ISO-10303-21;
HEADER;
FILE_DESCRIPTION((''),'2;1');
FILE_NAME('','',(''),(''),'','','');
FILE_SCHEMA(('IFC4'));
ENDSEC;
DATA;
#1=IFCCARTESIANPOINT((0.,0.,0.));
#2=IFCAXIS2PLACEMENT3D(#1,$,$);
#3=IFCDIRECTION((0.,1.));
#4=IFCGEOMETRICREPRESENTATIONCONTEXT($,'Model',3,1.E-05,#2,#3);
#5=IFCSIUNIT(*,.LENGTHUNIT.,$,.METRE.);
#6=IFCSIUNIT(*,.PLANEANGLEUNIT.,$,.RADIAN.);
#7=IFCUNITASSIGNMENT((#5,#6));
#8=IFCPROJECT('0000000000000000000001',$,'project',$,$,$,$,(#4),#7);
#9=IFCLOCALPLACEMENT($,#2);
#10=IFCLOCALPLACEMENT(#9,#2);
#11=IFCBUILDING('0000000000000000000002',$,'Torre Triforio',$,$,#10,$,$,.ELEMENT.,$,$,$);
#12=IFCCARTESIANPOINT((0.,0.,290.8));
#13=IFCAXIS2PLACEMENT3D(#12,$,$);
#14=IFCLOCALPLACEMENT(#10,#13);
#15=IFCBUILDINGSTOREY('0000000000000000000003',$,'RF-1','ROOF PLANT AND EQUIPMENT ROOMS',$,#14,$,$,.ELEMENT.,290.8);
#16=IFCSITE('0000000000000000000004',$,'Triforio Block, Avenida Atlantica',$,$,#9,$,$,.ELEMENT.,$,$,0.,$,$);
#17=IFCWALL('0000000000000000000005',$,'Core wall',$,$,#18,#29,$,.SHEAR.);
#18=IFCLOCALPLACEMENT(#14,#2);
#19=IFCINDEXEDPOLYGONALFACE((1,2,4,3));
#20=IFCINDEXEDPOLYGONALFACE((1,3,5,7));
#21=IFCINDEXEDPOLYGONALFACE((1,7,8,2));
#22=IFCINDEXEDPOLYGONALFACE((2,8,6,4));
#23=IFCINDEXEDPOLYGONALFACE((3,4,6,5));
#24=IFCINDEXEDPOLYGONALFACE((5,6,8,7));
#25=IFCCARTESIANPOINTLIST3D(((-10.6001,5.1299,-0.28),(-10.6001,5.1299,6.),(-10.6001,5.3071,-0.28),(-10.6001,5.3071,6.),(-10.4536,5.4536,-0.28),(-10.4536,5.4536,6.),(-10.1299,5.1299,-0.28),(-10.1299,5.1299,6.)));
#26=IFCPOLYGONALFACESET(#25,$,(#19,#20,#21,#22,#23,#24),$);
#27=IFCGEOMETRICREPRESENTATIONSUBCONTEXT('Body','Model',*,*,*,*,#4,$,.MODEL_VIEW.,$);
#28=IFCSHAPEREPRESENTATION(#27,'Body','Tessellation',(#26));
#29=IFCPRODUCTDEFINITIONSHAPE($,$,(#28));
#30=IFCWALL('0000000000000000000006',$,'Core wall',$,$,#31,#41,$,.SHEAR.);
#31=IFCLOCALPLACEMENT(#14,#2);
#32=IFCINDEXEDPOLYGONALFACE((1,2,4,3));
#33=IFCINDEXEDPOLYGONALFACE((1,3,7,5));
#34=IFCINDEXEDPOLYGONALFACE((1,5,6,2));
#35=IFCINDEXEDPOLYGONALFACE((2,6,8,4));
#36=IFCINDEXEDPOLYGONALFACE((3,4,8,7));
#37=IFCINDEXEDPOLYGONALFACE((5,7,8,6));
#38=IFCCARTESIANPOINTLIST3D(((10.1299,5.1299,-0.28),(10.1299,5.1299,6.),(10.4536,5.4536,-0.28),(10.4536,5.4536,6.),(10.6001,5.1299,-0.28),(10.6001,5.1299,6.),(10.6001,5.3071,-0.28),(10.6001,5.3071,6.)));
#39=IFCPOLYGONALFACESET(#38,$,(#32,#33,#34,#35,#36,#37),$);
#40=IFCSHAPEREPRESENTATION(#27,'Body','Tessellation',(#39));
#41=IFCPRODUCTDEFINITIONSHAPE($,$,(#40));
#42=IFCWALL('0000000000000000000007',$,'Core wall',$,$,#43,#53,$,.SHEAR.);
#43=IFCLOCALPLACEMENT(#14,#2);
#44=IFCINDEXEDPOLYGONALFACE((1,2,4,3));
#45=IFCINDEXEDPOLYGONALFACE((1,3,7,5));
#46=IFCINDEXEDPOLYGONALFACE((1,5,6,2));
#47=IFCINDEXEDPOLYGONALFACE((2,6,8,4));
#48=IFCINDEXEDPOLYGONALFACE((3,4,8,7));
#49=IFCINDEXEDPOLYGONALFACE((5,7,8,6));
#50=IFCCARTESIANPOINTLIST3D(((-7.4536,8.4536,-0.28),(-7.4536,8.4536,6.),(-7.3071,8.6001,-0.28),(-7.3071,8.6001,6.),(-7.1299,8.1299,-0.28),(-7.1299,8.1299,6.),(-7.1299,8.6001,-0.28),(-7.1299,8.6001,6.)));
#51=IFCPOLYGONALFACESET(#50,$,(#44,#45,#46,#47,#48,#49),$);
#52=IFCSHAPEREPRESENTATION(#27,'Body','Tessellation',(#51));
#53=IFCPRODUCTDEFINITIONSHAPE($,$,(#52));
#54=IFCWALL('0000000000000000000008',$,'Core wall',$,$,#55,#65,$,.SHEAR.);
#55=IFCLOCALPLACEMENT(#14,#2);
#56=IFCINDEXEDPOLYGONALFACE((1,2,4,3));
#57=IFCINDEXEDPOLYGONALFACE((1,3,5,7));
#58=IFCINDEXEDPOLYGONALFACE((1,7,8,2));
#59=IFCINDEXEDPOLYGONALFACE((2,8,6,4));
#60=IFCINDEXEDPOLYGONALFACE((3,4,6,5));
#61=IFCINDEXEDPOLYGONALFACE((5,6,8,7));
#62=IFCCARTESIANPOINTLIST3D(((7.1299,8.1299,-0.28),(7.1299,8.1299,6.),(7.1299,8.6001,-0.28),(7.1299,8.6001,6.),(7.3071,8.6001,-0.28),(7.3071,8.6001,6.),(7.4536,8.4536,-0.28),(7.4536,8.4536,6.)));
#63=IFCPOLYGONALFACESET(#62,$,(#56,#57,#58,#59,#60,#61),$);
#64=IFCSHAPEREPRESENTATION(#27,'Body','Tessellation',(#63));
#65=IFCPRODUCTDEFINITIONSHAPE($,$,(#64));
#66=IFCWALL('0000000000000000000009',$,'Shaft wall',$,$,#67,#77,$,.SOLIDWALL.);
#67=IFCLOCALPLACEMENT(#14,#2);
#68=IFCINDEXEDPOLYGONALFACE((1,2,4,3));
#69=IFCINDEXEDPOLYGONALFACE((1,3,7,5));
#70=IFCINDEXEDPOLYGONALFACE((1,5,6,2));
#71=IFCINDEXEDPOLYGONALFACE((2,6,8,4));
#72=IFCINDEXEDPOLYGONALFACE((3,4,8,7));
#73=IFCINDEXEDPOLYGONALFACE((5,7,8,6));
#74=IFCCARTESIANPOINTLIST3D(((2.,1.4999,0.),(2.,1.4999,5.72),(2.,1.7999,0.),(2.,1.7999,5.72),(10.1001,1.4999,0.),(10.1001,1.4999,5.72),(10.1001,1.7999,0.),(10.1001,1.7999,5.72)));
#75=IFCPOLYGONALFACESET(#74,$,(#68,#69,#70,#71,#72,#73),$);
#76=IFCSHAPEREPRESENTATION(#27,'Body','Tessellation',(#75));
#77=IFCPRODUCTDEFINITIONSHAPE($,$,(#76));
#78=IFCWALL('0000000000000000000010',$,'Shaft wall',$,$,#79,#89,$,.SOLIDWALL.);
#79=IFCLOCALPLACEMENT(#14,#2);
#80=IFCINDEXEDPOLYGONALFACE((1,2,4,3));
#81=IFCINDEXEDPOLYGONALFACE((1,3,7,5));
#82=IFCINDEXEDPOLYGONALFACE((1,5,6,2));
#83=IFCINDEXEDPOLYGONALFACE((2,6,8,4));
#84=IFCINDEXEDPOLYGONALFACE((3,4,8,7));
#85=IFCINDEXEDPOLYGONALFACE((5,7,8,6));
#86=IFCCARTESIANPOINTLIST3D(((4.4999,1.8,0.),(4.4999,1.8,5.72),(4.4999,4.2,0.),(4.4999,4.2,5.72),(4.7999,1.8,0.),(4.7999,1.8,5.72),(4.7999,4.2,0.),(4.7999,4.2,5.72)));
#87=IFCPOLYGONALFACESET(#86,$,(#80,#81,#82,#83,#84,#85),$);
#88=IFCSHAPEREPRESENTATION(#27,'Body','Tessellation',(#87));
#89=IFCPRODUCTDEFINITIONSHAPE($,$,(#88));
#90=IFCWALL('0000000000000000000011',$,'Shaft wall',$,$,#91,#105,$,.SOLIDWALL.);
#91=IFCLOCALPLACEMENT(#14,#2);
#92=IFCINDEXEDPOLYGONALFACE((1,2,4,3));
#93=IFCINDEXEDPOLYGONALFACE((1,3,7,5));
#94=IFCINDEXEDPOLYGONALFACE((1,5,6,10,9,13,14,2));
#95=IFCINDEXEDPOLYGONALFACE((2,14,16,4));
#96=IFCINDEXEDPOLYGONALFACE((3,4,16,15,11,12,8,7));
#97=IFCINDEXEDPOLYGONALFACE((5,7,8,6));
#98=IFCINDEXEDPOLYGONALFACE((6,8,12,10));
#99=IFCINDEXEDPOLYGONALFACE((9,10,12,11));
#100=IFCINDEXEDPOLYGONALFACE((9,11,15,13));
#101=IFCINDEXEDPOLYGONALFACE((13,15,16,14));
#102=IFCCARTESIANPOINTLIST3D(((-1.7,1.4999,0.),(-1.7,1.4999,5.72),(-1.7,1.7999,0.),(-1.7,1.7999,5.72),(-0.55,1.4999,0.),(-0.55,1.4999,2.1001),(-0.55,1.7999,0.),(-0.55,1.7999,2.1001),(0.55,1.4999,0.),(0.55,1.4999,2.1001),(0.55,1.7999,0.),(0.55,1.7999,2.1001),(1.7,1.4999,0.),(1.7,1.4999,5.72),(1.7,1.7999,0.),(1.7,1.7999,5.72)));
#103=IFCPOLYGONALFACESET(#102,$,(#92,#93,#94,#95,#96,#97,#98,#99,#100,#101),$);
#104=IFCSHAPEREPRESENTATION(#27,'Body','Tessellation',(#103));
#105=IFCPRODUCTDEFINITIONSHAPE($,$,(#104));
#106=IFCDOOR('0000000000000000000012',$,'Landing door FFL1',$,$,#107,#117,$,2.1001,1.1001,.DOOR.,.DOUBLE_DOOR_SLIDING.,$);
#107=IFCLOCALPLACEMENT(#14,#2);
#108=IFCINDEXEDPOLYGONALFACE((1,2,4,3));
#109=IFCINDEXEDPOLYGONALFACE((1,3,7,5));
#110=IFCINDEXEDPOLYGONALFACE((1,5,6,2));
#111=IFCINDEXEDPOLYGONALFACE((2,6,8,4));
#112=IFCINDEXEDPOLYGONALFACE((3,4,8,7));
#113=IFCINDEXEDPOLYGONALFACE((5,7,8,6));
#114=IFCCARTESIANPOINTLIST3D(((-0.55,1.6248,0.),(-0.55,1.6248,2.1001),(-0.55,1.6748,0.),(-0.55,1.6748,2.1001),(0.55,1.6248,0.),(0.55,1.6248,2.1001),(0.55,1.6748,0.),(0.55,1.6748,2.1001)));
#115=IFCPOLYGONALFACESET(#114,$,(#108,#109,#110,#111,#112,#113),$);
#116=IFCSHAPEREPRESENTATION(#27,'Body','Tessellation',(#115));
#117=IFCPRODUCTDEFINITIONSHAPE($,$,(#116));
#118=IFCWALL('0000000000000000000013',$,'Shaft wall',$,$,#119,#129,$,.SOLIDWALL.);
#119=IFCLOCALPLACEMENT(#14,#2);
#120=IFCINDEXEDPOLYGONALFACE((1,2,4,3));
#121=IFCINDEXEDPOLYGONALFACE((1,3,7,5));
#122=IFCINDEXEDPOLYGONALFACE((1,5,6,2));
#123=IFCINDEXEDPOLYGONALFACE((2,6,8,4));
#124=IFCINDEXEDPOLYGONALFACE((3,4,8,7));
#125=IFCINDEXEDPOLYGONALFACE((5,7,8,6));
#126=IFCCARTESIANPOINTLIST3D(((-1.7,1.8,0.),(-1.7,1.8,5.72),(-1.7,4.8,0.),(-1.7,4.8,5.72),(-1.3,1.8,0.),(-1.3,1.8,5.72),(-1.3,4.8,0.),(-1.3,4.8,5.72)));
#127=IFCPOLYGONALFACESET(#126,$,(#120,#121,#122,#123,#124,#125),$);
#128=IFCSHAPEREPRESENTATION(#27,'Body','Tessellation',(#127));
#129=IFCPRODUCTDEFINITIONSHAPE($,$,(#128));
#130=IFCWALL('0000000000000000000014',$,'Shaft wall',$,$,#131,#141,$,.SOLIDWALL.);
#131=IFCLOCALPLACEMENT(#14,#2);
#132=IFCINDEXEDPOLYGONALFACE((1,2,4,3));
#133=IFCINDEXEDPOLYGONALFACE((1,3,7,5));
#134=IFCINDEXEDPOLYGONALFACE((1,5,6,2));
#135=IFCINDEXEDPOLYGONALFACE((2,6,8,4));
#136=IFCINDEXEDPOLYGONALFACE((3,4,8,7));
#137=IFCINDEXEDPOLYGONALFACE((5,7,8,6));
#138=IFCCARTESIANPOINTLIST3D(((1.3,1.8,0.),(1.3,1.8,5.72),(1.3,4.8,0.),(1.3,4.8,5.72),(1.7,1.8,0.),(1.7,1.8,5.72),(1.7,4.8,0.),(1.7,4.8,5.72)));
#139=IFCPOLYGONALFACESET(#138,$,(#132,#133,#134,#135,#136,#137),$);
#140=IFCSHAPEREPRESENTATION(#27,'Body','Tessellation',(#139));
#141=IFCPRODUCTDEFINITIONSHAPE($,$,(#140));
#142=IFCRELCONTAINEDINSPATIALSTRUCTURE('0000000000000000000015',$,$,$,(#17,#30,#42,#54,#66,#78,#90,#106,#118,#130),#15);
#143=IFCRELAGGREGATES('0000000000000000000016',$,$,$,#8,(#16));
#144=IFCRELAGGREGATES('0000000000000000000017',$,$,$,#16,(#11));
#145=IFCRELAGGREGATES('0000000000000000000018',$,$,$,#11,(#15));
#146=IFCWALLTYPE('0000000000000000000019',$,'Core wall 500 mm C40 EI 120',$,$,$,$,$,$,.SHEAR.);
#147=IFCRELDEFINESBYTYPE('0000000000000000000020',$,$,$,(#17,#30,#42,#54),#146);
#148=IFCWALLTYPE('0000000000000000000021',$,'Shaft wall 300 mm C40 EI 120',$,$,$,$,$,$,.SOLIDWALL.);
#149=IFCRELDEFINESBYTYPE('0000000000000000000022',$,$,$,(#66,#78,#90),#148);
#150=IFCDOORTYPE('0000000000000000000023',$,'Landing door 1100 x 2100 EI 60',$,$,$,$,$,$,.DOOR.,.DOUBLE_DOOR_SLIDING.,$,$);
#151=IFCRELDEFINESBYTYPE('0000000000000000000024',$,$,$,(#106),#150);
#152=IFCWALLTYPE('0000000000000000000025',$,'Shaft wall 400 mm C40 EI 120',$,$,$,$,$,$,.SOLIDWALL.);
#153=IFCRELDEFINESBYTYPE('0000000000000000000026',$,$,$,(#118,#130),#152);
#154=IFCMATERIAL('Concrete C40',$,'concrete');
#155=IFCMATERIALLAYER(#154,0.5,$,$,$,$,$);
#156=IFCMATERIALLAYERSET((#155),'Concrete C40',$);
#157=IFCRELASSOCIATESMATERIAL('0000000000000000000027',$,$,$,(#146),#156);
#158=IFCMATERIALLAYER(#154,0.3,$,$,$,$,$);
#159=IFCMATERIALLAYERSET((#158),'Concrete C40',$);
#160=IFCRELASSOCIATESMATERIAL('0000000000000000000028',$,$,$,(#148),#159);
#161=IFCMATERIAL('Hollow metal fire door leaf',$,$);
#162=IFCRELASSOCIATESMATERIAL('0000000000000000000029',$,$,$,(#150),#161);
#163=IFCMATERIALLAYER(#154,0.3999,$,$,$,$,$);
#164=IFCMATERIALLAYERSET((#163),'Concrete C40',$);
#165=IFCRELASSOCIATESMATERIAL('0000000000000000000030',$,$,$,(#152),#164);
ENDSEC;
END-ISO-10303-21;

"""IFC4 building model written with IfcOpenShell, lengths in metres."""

from ifc_helpers import new_model, si_unit, direction, frame, frame_2d, origin, place, context, subcontext, project, spatial, polyline, rectangle, outline, extrude, material, layer, layer_set, type_object, element, fill, save


model = new_model("IFC4")

# Units and contexts
model_context = context("Model", 3, precision=1e-05, world=origin(), true_north=direction((0.0, 1.0)))
body_context = subcontext(model_context, "Body", "Model", "MODEL_VIEW")
ifc_project = project(units=[si_unit("LENGTHUNIT", "METRE"), si_unit("PLANEANGLEUNIT", "RADIAN")], contexts=[model_context])

# Site, building, storey
site_placement = place(None, origin())
site = spatial("IfcSite", under=ifc_project, at=site_placement, Name="Triforio Block, Avenida Atlantica", CompositionType="ELEMENT", RefElevation=0.0)
building_placement = place(site_placement, origin())
building = spatial("IfcBuilding", under=site, at=building_placement, Name="Torre Triforio", CompositionType="ELEMENT")
storey_placement = place(building_placement, frame((0.0, 0.0, 290.8)))
storey = spatial("IfcBuildingStorey", under=building, at=storey_placement, Name="RF-1", Description="ROOF PLANT AND EQUIPMENT ROOMS", CompositionType="ELEMENT", Elevation=290.8)

# Shared definitions
ifc_material_1 = material(Name="Concrete C40", Category="concrete")

# Walls
ifc_layer_1 = layer(ifc_material_1, 0.5)
ifc_layer_set_1 = layer_set([ifc_layer_1], Name="Concrete C40")
wall_type_1 = type_object("IfcWallType", Name="Core wall 500 mm C40 EI 120", PredefinedType="SHEAR", material=ifc_layer_set_1)
wall_1_placement = place(storey_placement, frame((0.0, 0.0, -0.28)))
element("IfcWall", 1, at=wall_1_placement, inside=storey, type_object=wall_type_1, Name="Core wall", PredefinedType="SHEAR", context=body_context, shape_type="SweptSolid", body=[
    extrude(outline(polyline([(-10.4536, 5.4536), (-10.1299, 5.1299), (-10.6001, 5.1299), (-10.6001, 5.3071), (-10.4536, 5.4536)])), origin(), (0.0, 0.0, 1.0), 6.28),
])
wall_2_placement = place(storey_placement, frame((0.0, 0.0, -0.28)))
element("IfcWall", 2, at=wall_2_placement, inside=storey, type_object=wall_type_1, Name="Core wall", PredefinedType="SHEAR", context=body_context, shape_type="SweptSolid", body=[
    extrude(outline(polyline([(10.6001, 5.3071), (10.6001, 5.1299), (10.1299, 5.1299), (10.4536, 5.4536), (10.6001, 5.3071)])), origin(), (0.0, 0.0, 1.0), 6.28),
])
wall_3_placement = place(storey_placement, frame((0.0, 0.0, -0.28)))
element("IfcWall", 3, at=wall_3_placement, inside=storey, type_object=wall_type_1, Name="Core wall", PredefinedType="SHEAR", context=body_context, shape_type="SweptSolid", body=[
    extrude(outline(polyline([(-7.3071, 8.6001), (-7.1299, 8.6001), (-7.1299, 8.1299), (-7.4536, 8.4536), (-7.3071, 8.6001)])), origin(), (0.0, 0.0, 1.0), 6.28),
])
wall_4_placement = place(storey_placement, frame((0.0, 0.0, -0.28)))
element("IfcWall", 4, at=wall_4_placement, inside=storey, type_object=wall_type_1, Name="Core wall", PredefinedType="SHEAR", context=body_context, shape_type="SweptSolid", body=[
    extrude(outline(polyline([(7.3071, 8.6001), (7.4536, 8.4536), (7.1299, 8.1299), (7.1299, 8.6001), (7.3071, 8.6001)])), origin(), (0.0, 0.0, 1.0), 6.28),
])
ifc_layer_2 = layer(ifc_material_1, 0.3)
ifc_layer_set_2 = layer_set([ifc_layer_2], Name="Concrete C40")
wall_type_2 = type_object("IfcWallType", Name="Shaft wall 300 mm C40 EI 120", PredefinedType="SOLIDWALL", material=ifc_layer_set_2)
wall_5_placement = place(storey_placement, frame((2.0, 1.6499, 0.0), z_axis=(0.0, 0.0, 1.0), x_axis=(1.0, 0.0, 0.0)))
element("IfcWall", 5, at=wall_5_placement, inside=storey, type_object=wall_type_2, Name="Shaft wall", PredefinedType="SOLIDWALL", context=body_context, shape_type="SweptSolid", body=[
    extrude(rectangle(XDim=8.1001, YDim=0.3, at=frame_2d((4.05, 0.0))), origin(), (0.0, 0.0, 1.0), 5.72),
])
wall_6_placement = place(storey_placement, frame((4.6499, 1.8, 0.0), z_axis=(0.0, 0.0, 1.0), x_axis=(0.0, 1.0, 0.0)))
element("IfcWall", 6, at=wall_6_placement, inside=storey, type_object=wall_type_2, Name="Shaft wall", PredefinedType="SOLIDWALL", context=body_context, shape_type="SweptSolid", body=[
    extrude(rectangle(XDim=2.3999, YDim=0.3, at=frame_2d((1.2, 0.0))), origin(), (0.0, 0.0, 1.0), 5.72),
])

# Wall, opening, door
wall_7_placement = place(storey_placement, frame((-1.7, 1.6499, 0.0), z_axis=(0.0, 0.0, 1.0), x_axis=(1.0, 0.0, 0.0)))
wall_7 = element("IfcWall", 7, at=wall_7_placement, inside=storey, type_object=wall_type_2, Name="Shaft wall", PredefinedType="SOLIDWALL", context=body_context, shape_type="SweptSolid", body=[
    extrude(rectangle(XDim=3.3999, YDim=0.3, at=frame_2d((1.7, 0.0))), origin(), (0.0, 0.0, 1.0), 5.72),
])
opening_placement = place(wall_7_placement, frame((1.1499, 0.0, 0.0)))
opening = element("IfcOpeningElement", 8, at=opening_placement, cuts=wall_7, PredefinedType="OPENING", context=body_context, shape_type="SweptSolid", body=[
    extrude(rectangle(XDim=1.1001, YDim=2.1001, at=frame_2d((0.55, 1.05))), frame((0.0, 0.1599, 0.0), z_axis=(0.0, -1.0, 0.0), x_axis=(1.0, 0.0, 0.0)), (0.0, 0.0, 1.0), 0.3201),
])
ifc_material_2 = material(Name="Hollow metal fire door leaf")
door_type = type_object("IfcDoorType", Name="Landing door 1100 x 2100 EI 60", OperationType="DOUBLE_DOOR_SLIDING", PredefinedType="DOOR", material=ifc_material_2)
door_placement = place(opening_placement, origin())
door = element("IfcDoor", 9, at=door_placement, inside=storey, type_object=door_type, Name="Landing door FFL1", OperationType="DOUBLE_DOOR_SLIDING", OverallHeight=2.1001, OverallWidth=1.1001, PredefinedType="DOOR", context=body_context, shape_type="SweptSolid", body=[
    extrude(rectangle(XDim=1.1001, YDim=2.1001, at=frame_2d((0.55, 1.05))), frame((0.0, 0.0249, 0.0), z_axis=(0.0, -1.0, 0.0), x_axis=(1.0, 0.0, 0.0)), (0.0, 0.0, 1.0), 0.05),
])
fill(opening, door)

# Walls
ifc_layer_3 = layer(ifc_material_1, 0.3999)
ifc_layer_set_3 = layer_set([ifc_layer_3], Name="Concrete C40")
wall_type_3 = type_object("IfcWallType", Name="Shaft wall 400 mm C40 EI 120", PredefinedType="SOLIDWALL", material=ifc_layer_set_3)
for number, where, z_axis, x_axis, name in (
    (10, (-1.5, 1.8, 0.0), (0.0, 0.0, 1.0), (0.0, 1.0, 0.0), "Shaft wall"),
    (11, (1.5, 1.8, 0.0), (0.0, 0.0, 1.0), (0.0, 1.0, 0.0), "Shaft wall"),
):
    element("IfcWall", number, at=place(storey_placement, frame(where, z_axis=z_axis, x_axis=x_axis)), inside=storey, type_object=wall_type_3, Name=name, PredefinedType="SOLIDWALL", context=body_context, shape_type="SweptSolid", body=[
        extrude(rectangle(XDim=3.0, YDim=0.3999, at=frame_2d((1.5, 0.0))), origin(), (0.0, 0.0, 1.0), 5.72),
    ])

save(model, "model.ifc")
